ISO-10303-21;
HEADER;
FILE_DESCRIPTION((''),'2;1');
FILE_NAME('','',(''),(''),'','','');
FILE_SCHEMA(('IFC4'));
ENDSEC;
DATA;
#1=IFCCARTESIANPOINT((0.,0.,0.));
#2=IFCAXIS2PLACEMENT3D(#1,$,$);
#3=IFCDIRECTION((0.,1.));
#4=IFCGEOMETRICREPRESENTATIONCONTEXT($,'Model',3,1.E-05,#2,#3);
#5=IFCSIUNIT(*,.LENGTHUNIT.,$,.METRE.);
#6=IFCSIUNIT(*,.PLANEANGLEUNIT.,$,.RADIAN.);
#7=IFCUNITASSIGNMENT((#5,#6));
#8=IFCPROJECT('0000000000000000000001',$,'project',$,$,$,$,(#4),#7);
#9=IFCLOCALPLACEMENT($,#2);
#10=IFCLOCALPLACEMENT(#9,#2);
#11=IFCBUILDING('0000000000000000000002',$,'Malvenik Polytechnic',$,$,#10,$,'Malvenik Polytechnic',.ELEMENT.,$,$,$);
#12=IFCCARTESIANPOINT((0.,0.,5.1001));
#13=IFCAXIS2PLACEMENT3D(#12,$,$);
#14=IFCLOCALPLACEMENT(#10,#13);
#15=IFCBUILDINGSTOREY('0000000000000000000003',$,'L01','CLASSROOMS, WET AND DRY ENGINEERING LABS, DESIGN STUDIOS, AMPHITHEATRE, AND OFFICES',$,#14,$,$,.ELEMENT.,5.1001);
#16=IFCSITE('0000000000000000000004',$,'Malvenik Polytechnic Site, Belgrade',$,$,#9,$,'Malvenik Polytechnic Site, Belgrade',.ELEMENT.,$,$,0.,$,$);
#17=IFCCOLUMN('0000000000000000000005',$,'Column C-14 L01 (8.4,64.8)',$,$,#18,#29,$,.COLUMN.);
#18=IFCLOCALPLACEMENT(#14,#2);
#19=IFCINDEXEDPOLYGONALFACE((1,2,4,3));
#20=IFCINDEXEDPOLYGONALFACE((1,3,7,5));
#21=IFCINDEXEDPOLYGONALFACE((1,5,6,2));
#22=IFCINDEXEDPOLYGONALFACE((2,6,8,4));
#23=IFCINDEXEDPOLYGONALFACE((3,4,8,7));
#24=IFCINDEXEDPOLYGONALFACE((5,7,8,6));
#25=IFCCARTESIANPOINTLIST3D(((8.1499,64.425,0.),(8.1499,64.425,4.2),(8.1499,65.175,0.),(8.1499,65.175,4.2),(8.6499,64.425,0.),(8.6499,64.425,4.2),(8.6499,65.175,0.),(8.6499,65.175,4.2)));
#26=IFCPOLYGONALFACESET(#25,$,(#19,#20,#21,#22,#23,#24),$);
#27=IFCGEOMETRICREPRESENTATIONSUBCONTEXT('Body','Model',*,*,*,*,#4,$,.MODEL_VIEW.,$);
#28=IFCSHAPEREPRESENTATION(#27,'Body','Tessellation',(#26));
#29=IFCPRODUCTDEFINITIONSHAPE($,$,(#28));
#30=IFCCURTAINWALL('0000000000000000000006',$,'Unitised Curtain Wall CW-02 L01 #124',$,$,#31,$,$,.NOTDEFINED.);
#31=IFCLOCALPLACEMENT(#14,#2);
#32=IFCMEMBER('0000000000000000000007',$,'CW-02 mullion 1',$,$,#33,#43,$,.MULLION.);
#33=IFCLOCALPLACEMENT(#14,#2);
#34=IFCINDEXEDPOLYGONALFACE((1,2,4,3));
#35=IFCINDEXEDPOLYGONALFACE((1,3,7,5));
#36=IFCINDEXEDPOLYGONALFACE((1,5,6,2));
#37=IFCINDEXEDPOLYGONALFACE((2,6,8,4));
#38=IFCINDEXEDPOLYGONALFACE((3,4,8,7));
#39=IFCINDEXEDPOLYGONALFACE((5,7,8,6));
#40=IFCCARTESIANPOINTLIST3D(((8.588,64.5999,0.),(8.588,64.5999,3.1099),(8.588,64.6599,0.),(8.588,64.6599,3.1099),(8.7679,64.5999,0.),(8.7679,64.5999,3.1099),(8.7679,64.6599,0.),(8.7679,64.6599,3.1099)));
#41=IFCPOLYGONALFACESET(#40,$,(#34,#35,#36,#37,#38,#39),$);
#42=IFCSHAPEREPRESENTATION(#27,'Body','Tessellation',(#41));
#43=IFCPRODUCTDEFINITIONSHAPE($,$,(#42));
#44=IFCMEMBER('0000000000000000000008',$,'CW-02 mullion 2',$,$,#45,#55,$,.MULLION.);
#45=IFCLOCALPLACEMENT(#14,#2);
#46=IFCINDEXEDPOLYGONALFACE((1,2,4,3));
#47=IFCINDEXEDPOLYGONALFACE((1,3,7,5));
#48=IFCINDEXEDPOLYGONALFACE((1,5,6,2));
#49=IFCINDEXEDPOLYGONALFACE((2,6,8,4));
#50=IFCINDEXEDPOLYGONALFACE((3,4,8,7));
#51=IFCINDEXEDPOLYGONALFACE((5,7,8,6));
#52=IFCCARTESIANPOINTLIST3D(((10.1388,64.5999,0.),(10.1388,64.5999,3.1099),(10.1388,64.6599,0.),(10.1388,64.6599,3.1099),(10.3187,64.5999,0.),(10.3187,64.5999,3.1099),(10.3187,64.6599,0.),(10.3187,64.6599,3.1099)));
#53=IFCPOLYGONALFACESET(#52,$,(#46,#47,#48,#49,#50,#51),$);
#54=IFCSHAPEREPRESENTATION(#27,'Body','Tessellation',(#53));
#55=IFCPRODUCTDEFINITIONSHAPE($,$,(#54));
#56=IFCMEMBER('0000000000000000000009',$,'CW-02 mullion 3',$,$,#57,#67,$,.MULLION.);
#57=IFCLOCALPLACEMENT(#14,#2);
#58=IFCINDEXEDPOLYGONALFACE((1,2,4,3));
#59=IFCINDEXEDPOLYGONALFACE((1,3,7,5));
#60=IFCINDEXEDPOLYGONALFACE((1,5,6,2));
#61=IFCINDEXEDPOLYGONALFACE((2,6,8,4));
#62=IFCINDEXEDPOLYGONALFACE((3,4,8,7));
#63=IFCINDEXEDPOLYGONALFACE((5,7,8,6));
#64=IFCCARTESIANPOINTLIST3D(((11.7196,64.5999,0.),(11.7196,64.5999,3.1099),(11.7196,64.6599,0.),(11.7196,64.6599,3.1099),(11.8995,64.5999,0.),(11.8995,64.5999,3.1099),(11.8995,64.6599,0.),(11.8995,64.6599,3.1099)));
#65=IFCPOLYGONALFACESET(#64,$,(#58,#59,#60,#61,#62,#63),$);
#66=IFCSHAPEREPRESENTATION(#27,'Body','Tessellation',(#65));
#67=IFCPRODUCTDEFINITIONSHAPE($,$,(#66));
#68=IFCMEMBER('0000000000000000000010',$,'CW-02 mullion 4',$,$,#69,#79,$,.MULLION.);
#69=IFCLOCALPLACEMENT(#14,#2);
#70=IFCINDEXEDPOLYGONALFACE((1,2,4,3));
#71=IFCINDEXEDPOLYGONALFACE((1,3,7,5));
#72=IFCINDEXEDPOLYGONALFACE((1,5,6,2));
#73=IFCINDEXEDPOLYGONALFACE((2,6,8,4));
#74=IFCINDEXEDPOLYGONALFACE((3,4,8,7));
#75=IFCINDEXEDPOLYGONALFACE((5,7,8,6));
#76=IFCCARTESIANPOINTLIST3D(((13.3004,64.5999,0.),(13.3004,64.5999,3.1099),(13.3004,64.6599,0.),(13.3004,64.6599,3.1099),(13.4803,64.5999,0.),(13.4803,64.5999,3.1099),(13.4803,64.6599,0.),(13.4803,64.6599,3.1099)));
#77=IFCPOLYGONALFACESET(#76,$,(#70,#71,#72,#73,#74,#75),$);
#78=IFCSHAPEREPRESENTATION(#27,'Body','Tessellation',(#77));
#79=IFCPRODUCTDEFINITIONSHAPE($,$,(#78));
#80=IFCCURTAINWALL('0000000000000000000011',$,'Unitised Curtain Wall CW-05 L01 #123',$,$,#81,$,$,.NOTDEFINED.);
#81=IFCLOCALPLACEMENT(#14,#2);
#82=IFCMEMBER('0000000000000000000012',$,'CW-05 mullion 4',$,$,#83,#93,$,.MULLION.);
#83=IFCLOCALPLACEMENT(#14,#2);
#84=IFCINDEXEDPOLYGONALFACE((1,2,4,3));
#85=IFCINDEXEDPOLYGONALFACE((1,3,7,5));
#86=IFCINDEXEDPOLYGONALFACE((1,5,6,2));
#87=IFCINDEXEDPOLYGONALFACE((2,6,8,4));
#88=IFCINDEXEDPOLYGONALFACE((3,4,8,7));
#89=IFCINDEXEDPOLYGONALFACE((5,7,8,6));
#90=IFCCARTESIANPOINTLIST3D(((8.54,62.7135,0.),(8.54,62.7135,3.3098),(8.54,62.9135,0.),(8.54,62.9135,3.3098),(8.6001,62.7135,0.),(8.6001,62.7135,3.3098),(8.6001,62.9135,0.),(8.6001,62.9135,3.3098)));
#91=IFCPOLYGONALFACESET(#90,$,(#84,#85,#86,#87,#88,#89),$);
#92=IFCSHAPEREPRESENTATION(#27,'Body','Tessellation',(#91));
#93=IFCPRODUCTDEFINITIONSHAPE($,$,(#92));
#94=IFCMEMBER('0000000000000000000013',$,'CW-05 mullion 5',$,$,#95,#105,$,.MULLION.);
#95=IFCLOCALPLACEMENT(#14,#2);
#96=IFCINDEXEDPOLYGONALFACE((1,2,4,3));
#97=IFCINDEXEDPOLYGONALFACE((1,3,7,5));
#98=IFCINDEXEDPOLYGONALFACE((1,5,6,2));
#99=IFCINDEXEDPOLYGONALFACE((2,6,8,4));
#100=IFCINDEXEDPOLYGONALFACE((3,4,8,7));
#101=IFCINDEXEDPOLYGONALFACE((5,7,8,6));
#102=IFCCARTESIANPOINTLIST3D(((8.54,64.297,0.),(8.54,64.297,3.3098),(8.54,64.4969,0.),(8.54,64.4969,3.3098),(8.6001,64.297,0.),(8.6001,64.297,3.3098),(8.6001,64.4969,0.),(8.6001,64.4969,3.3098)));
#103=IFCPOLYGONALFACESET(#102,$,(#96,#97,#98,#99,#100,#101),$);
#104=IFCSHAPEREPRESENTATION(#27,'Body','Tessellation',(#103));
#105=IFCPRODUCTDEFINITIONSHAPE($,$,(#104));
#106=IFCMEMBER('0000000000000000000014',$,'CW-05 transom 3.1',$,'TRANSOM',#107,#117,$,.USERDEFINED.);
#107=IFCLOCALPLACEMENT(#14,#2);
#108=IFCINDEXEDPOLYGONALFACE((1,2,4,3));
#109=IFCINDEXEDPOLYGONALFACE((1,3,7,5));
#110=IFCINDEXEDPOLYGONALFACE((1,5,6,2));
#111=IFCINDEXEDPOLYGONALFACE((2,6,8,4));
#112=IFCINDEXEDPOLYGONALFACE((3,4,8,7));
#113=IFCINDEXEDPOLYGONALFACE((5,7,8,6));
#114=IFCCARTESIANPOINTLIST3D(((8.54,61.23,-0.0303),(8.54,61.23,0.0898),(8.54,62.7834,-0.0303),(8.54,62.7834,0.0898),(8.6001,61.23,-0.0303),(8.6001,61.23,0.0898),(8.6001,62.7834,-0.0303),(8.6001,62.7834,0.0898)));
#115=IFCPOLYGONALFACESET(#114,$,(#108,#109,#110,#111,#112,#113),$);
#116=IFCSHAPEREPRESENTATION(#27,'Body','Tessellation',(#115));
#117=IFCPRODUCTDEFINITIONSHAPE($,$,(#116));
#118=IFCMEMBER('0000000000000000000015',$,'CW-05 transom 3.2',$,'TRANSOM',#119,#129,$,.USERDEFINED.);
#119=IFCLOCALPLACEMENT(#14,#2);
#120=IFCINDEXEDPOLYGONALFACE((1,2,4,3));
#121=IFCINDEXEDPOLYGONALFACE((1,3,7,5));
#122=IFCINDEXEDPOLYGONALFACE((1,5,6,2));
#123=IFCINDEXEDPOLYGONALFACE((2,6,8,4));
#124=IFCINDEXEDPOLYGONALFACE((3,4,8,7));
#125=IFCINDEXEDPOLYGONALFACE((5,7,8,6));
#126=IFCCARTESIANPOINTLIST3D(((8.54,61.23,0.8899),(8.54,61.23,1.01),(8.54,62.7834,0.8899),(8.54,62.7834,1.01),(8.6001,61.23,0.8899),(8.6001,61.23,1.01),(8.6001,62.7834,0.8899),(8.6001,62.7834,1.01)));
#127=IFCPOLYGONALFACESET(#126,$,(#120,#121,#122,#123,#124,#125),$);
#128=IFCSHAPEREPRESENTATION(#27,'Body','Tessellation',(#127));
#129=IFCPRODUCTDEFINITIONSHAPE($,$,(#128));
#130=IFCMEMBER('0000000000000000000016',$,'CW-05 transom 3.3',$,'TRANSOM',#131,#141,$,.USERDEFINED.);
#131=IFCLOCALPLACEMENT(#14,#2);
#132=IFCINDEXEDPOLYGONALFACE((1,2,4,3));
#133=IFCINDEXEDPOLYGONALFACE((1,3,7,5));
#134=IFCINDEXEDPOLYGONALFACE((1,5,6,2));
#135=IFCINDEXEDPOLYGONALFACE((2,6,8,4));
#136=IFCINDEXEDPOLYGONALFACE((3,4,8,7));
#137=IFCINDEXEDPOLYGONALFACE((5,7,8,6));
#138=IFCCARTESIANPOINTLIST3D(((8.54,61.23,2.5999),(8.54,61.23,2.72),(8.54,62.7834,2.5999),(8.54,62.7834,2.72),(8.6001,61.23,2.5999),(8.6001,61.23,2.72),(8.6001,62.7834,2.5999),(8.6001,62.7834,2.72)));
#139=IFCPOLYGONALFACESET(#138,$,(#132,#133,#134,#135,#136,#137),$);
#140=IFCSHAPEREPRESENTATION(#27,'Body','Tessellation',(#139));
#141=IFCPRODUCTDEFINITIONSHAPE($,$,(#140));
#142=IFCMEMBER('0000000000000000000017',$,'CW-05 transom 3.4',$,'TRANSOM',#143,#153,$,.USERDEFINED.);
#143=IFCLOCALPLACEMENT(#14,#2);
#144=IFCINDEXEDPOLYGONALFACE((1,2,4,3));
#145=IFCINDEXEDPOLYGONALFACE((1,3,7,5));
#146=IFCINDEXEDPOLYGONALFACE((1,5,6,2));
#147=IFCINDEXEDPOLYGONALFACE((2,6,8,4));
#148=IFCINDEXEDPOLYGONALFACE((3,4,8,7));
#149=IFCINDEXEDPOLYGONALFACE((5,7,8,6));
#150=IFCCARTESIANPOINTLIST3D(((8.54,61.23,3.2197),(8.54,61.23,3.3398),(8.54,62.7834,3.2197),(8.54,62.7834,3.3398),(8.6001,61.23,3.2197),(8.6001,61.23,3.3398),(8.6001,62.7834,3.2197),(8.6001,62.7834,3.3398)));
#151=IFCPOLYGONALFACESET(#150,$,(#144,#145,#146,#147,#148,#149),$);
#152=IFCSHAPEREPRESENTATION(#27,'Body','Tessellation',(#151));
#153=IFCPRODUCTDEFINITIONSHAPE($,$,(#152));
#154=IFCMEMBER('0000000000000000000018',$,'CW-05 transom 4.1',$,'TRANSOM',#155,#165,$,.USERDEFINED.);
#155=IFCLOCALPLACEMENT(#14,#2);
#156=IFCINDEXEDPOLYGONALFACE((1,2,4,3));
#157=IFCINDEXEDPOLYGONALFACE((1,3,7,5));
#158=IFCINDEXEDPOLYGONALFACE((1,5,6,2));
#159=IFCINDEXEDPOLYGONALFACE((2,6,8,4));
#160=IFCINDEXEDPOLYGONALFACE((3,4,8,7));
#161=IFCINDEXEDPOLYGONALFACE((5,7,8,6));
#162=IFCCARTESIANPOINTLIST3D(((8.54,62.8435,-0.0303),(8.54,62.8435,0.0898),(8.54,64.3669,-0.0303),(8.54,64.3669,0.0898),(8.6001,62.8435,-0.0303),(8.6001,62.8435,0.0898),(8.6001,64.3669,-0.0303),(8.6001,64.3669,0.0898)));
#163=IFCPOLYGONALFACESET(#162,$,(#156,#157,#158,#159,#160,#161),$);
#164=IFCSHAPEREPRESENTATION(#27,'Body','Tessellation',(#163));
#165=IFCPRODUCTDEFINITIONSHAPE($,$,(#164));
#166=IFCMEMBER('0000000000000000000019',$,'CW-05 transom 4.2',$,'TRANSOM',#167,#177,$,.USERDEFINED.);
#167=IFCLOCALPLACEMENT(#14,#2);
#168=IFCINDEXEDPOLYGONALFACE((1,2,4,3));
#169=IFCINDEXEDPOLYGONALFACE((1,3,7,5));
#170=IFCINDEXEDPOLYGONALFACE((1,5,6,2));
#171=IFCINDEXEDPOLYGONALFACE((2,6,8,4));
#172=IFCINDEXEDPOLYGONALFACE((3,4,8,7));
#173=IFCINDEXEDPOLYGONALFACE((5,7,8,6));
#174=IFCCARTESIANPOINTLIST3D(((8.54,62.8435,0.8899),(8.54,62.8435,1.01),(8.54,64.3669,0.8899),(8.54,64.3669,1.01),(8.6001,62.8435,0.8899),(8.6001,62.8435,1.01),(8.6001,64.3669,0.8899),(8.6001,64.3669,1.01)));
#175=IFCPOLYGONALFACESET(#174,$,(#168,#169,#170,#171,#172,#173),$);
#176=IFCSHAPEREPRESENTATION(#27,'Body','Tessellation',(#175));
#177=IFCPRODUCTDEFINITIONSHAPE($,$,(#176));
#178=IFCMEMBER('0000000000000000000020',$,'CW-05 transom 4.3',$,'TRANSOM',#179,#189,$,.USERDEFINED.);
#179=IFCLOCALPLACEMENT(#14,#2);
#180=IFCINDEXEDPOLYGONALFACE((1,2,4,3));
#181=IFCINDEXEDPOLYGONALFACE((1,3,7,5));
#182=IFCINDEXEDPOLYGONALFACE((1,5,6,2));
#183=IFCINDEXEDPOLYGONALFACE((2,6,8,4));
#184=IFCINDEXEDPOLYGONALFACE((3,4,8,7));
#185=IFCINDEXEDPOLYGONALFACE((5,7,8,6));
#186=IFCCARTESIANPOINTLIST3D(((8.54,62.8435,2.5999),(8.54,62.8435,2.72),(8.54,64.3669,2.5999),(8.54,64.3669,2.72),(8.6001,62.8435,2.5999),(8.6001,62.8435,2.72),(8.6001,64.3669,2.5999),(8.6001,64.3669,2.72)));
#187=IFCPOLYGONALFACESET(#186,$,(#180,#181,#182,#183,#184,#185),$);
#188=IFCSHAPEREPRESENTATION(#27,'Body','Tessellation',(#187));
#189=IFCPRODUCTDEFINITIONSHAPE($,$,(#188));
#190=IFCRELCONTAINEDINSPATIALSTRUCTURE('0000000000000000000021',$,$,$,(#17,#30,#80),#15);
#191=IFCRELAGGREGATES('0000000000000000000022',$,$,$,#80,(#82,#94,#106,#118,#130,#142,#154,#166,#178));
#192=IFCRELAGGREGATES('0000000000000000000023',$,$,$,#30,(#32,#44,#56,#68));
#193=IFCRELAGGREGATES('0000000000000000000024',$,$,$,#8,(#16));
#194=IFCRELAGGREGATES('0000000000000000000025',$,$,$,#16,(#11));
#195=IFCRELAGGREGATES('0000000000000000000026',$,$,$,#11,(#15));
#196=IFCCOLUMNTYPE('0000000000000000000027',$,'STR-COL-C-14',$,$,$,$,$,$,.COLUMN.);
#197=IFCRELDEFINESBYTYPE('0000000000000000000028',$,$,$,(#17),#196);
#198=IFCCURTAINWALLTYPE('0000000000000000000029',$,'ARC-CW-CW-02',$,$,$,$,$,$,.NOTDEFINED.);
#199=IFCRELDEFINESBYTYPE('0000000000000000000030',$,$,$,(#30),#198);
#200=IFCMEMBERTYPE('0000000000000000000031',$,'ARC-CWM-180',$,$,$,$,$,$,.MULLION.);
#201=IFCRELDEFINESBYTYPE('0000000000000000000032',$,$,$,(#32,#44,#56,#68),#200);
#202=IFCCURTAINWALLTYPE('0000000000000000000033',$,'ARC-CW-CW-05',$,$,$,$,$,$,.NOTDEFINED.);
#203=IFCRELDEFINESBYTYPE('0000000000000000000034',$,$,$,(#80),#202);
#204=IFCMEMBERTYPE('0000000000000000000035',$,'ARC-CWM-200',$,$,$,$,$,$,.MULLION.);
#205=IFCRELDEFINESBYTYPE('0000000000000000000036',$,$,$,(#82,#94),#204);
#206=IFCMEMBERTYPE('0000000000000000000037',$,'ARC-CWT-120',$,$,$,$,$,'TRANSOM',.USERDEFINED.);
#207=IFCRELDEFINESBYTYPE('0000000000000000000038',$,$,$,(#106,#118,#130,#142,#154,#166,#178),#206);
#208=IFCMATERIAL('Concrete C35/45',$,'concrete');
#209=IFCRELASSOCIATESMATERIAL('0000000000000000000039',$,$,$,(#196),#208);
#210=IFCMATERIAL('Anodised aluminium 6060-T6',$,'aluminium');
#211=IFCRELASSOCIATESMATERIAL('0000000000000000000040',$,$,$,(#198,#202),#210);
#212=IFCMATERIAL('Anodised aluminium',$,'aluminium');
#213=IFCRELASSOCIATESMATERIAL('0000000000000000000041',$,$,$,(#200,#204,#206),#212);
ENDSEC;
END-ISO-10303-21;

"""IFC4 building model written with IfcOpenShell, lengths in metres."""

from ifc_helpers import new_model, si_unit, direction, frame, origin, origin_2d, place, context, subcontext, project, spatial, rectangle, extrude, material, material_profile, profile_set, type_object, element, aggregate, save


model = new_model("IFC4")

# Units and contexts
model_context = context("Model", 3, precision=1e-05, world=origin(), true_north=direction((0.0, 1.0)))
body_context = subcontext(model_context, "Body", "Model", "MODEL_VIEW")
ifc_project = project(units=[si_unit("LENGTHUNIT", "METRE"), si_unit("PLANEANGLEUNIT", "RADIAN")], contexts=[model_context])

# Site, building, storey
site_placement = place(None, origin())
site = spatial("IfcSite", under=ifc_project, at=site_placement, Name="Malvenik Polytechnic Site, Belgrade", LongName="Malvenik Polytechnic Site, Belgrade", CompositionType="ELEMENT", RefElevation=0.0)
building_placement = place(site_placement, origin())
building = spatial("IfcBuilding", under=site, at=building_placement, Name="Malvenik Polytechnic", LongName="Malvenik Polytechnic", CompositionType="ELEMENT")
storey_placement = place(building_placement, frame((0.0, 0.0, 5.1001)))
storey = spatial("IfcBuildingStorey", under=building, at=storey_placement, Name="L01", Description="CLASSROOMS, WET AND DRY ENGINEERING LABS, DESIGN STUDIOS, AMPHITHEATRE, AND OFFICES", CompositionType="ELEMENT", Elevation=5.1001)

# Column
ifc_material_1 = material(Name="Concrete C35/45", Category="concrete")
ifc_material_profile_1 = material_profile(ifc_material_1, rectangle(XDim=0.5, YDim=0.75, at=origin_2d()), Name="RC COL 750x500")
ifc_profile_set_1 = profile_set([ifc_material_profile_1], Name="Concrete C35/45")
column_type = type_object("IfcColumnType", Name="STR-COL-C-14", PredefinedType="COLUMN", material=ifc_profile_set_1)
column_placement = place(storey_placement, frame((8.3999, 64.8, 0.0), z_axis=(0.0, 0.0, 1.0), x_axis=(1.0, 0.0, 0.0)))
element("IfcColumn", 1, at=column_placement, inside=storey, type_object=column_type, Name="Column C-14 L01 (8.4,64.8)", PredefinedType="COLUMN", context=body_context, shape_type="SweptSolid", body=[
    extrude(rectangle(XDim=0.5, YDim=0.75, at=origin_2d()), origin(), (0.0, 0.0, 1.0), 4.2),
])

# Curtain walls, members
ifc_material_2 = material(Name="Anodised aluminium 6060-T6", Category="aluminium")
curtain_wall_type_1 = type_object("IfcCurtainWallType", Name="ARC-CW-CW-02", PredefinedType="NOTDEFINED", material=ifc_material_2)
curtain_wall_1_placement = place(storey_placement, origin())
curtain_wall_1 = element("IfcCurtainWall", 2, at=curtain_wall_1_placement, inside=storey, type_object=curtain_wall_type_1, Name="Unitised Curtain Wall CW-02 L01 #124", PredefinedType="NOTDEFINED")
ifc_material_3 = material(Name="Anodised aluminium", Category="aluminium")
ifc_material_profile_2 = material_profile(ifc_material_3, rectangle(XDim=0.0601, YDim=0.1799, at=origin_2d()), Name="ALU MULLION 60x180")
ifc_profile_set_2 = profile_set([ifc_material_profile_2], Name="Anodised aluminium")
member_type_1 = type_object("IfcMemberType", Name="ARC-CWM-180", PredefinedType="MULLION", material=ifc_profile_set_2)
member_1_placement = place(storey_placement, frame((8.678, 64.6299, 0.0), z_axis=(0.0, 0.0, 1.0), x_axis=(0.0, 1.0, 0.0)))
member_1 = element("IfcMember", 3, at=member_1_placement, type_object=member_type_1, Name="CW-02 mullion 1", PredefinedType="MULLION", context=body_context, shape_type="SweptSolid", body=[
    extrude(rectangle(XDim=0.0601, YDim=0.1799, at=origin_2d()), origin(), (0.0, 0.0, 1.0), 3.1099),
])
member_2_placement = place(storey_placement, frame((10.2288, 64.6299, 0.0), z_axis=(0.0, 0.0, 1.0), x_axis=(0.0, 1.0, 0.0)))
member_2 = element("IfcMember", 4, at=member_2_placement, type_object=member_type_1, Name="CW-02 mullion 2", PredefinedType="MULLION", context=body_context, shape_type="SweptSolid", body=[
    extrude(rectangle(XDim=0.0601, YDim=0.1799, at=origin_2d()), origin(), (0.0, 0.0, 1.0), 3.1099),
])
member_3_placement = place(storey_placement, frame((11.8096, 64.6299, 0.0), z_axis=(0.0, 0.0, 1.0), x_axis=(0.0, 1.0, 0.0)))
member_3 = element("IfcMember", 5, at=member_3_placement, type_object=member_type_1, Name="CW-02 mullion 3", PredefinedType="MULLION", context=body_context, shape_type="SweptSolid", body=[
    extrude(rectangle(XDim=0.0601, YDim=0.1799, at=origin_2d()), origin(), (0.0, 0.0, 1.0), 3.1099),
])
member_4_placement = place(storey_placement, frame((13.3904, 64.6299, 0.0), z_axis=(0.0, 0.0, 1.0), x_axis=(0.0, 1.0, 0.0)))
member_4 = element("IfcMember", 6, at=member_4_placement, type_object=member_type_1, Name="CW-02 mullion 4", PredefinedType="MULLION", context=body_context, shape_type="SweptSolid", body=[
    extrude(rectangle(XDim=0.0601, YDim=0.1799, at=origin_2d()), origin(), (0.0, 0.0, 1.0), 3.1099),
])
curtain_wall_type_2 = type_object("IfcCurtainWallType", Name="ARC-CW-CW-05", PredefinedType="NOTDEFINED", material=ifc_material_2)
curtain_wall_2_placement = place(storey_placement, origin())
curtain_wall_2 = element("IfcCurtainWall", 7, at=curtain_wall_2_placement, inside=storey, type_object=curtain_wall_type_2, Name="Unitised Curtain Wall CW-05 L01 #123", PredefinedType="NOTDEFINED")
ifc_material_profile_3 = material_profile(ifc_material_3, rectangle(XDim=0.0601, YDim=0.2, at=origin_2d()), Name="ALU MULLION 60x200")
ifc_profile_set_3 = profile_set([ifc_material_profile_3], Name="Anodised aluminium")
member_type_2 = type_object("IfcMemberType", Name="ARC-CWM-200", PredefinedType="MULLION", material=ifc_profile_set_3)
member_5_placement = place(storey_placement, frame((8.5701, 62.8135, 0.0), z_axis=(0.0, 0.0, 1.0), x_axis=(-1.0, 0.0, 0.0)))
member_5 = element("IfcMember", 8, at=member_5_placement, type_object=member_type_2, Name="CW-05 mullion 4", PredefinedType="MULLION", context=body_context, shape_type="SweptSolid", body=[
    extrude(rectangle(XDim=0.0601, YDim=0.2, at=origin_2d()), origin(), (0.0, 0.0, 1.0), 3.3098),
])
member_6_placement = place(storey_placement, frame((8.5701, 64.397, 0.0), z_axis=(0.0, 0.0, 1.0), x_axis=(-1.0, 0.0, 0.0)))
member_6 = element("IfcMember", 9, at=member_6_placement, type_object=member_type_2, Name="CW-05 mullion 5", PredefinedType="MULLION", context=body_context, shape_type="SweptSolid", body=[
    extrude(rectangle(XDim=0.0601, YDim=0.2, at=origin_2d()), origin(), (0.0, 0.0, 1.0), 3.3098),
])
ifc_material_profile_4 = material_profile(ifc_material_3, rectangle(XDim=0.0601, YDim=0.1201, at=origin_2d()), Name="ALU TRANSOM 60x120")
ifc_profile_set_4 = profile_set([ifc_material_profile_4], Name="Anodised aluminium")
member_type_3 = type_object("IfcMemberType", Name="ARC-CWT-120", ElementType="TRANSOM", PredefinedType="USERDEFINED", material=ifc_profile_set_4)
member_7_placement = place(storey_placement, frame((8.5701, 61.23, 0.0298), z_axis=(0.0, 1.0, 0.0), x_axis=(-1.0, 0.0, 0.0)))
member_7 = element("IfcMember", 10, at=member_7_placement, type_object=member_type_3, Name="CW-05 transom 3.1", ObjectType="TRANSOM", PredefinedType="USERDEFINED", context=body_context, shape_type="SweptSolid", body=[
    extrude(rectangle(XDim=0.0601, YDim=0.1201, at=origin_2d()), origin(), (0.0, 0.0, 1.0), 1.5535),
])
member_8_placement = place(storey_placement, frame((8.5701, 61.23, 0.95), z_axis=(0.0, 1.0, 0.0), x_axis=(-1.0, 0.0, 0.0)))
member_8 = element("IfcMember", 11, at=member_8_placement, type_object=member_type_3, Name="CW-05 transom 3.2", ObjectType="TRANSOM", PredefinedType="USERDEFINED", context=body_context, shape_type="SweptSolid", body=[
    extrude(rectangle(XDim=0.0601, YDim=0.1201, at=origin_2d()), origin(), (0.0, 0.0, 1.0), 1.5535),
])
member_9_placement = place(storey_placement, frame((8.5701, 61.23, 2.6599), z_axis=(0.0, 1.0, 0.0), x_axis=(-1.0, 0.0, 0.0)))
member_9 = element("IfcMember", 12, at=member_9_placement, type_object=member_type_3, Name="CW-05 transom 3.3", ObjectType="TRANSOM", PredefinedType="USERDEFINED", context=body_context, shape_type="SweptSolid", body=[
    extrude(rectangle(XDim=0.0601, YDim=0.1201, at=origin_2d()), origin(), (0.0, 0.0, 1.0), 1.5535),
])
member_10_placement = place(storey_placement, frame((8.5701, 61.23, 3.2798), z_axis=(0.0, 1.0, 0.0), x_axis=(-1.0, 0.0, 0.0)))
member_10 = element("IfcMember", 13, at=member_10_placement, type_object=member_type_3, Name="CW-05 transom 3.4", ObjectType="TRANSOM", PredefinedType="USERDEFINED", context=body_context, shape_type="SweptSolid", body=[
    extrude(rectangle(XDim=0.0601, YDim=0.1201, at=origin_2d()), origin(), (0.0, 0.0, 1.0), 1.5535),
])
member_11_placement = place(storey_placement, frame((8.5701, 62.8435, 0.0298), z_axis=(0.0, 1.0, 0.0), x_axis=(-1.0, 0.0, 0.0)))
member_11 = element("IfcMember", 14, at=member_11_placement, type_object=member_type_3, Name="CW-05 transom 4.1", ObjectType="TRANSOM", PredefinedType="USERDEFINED", context=body_context, shape_type="SweptSolid", body=[
    extrude(rectangle(XDim=0.0601, YDim=0.1201, at=origin_2d()), origin(), (0.0, 0.0, 1.0), 1.5234),
])
member_12_placement = place(storey_placement, frame((8.5701, 62.8435, 0.95), z_axis=(0.0, 1.0, 0.0), x_axis=(-1.0, 0.0, 0.0)))
member_12 = element("IfcMember", 15, at=member_12_placement, type_object=member_type_3, Name="CW-05 transom 4.2", ObjectType="TRANSOM", PredefinedType="USERDEFINED", context=body_context, shape_type="SweptSolid", body=[
    extrude(rectangle(XDim=0.0601, YDim=0.1201, at=origin_2d()), origin(), (0.0, 0.0, 1.0), 1.5234),
])
member_13_placement = place(storey_placement, frame((8.5701, 62.8435, 2.6599), z_axis=(0.0, 1.0, 0.0), x_axis=(-1.0, 0.0, 0.0)))
member_13 = element("IfcMember", 16, at=member_13_placement, type_object=member_type_3, Name="CW-05 transom 4.3", ObjectType="TRANSOM", PredefinedType="USERDEFINED", context=body_context, shape_type="SweptSolid", body=[
    extrude(rectangle(XDim=0.0601, YDim=0.1201, at=origin_2d()), origin(), (0.0, 0.0, 1.0), 1.5234),
])

aggregate(curtain_wall_2, [member_5, member_6, member_7, member_8, member_9, member_10, member_11, member_12, member_13])
aggregate(curtain_wall_1, [member_1, member_2, member_3, member_4])

save(model, "model.ifc")
